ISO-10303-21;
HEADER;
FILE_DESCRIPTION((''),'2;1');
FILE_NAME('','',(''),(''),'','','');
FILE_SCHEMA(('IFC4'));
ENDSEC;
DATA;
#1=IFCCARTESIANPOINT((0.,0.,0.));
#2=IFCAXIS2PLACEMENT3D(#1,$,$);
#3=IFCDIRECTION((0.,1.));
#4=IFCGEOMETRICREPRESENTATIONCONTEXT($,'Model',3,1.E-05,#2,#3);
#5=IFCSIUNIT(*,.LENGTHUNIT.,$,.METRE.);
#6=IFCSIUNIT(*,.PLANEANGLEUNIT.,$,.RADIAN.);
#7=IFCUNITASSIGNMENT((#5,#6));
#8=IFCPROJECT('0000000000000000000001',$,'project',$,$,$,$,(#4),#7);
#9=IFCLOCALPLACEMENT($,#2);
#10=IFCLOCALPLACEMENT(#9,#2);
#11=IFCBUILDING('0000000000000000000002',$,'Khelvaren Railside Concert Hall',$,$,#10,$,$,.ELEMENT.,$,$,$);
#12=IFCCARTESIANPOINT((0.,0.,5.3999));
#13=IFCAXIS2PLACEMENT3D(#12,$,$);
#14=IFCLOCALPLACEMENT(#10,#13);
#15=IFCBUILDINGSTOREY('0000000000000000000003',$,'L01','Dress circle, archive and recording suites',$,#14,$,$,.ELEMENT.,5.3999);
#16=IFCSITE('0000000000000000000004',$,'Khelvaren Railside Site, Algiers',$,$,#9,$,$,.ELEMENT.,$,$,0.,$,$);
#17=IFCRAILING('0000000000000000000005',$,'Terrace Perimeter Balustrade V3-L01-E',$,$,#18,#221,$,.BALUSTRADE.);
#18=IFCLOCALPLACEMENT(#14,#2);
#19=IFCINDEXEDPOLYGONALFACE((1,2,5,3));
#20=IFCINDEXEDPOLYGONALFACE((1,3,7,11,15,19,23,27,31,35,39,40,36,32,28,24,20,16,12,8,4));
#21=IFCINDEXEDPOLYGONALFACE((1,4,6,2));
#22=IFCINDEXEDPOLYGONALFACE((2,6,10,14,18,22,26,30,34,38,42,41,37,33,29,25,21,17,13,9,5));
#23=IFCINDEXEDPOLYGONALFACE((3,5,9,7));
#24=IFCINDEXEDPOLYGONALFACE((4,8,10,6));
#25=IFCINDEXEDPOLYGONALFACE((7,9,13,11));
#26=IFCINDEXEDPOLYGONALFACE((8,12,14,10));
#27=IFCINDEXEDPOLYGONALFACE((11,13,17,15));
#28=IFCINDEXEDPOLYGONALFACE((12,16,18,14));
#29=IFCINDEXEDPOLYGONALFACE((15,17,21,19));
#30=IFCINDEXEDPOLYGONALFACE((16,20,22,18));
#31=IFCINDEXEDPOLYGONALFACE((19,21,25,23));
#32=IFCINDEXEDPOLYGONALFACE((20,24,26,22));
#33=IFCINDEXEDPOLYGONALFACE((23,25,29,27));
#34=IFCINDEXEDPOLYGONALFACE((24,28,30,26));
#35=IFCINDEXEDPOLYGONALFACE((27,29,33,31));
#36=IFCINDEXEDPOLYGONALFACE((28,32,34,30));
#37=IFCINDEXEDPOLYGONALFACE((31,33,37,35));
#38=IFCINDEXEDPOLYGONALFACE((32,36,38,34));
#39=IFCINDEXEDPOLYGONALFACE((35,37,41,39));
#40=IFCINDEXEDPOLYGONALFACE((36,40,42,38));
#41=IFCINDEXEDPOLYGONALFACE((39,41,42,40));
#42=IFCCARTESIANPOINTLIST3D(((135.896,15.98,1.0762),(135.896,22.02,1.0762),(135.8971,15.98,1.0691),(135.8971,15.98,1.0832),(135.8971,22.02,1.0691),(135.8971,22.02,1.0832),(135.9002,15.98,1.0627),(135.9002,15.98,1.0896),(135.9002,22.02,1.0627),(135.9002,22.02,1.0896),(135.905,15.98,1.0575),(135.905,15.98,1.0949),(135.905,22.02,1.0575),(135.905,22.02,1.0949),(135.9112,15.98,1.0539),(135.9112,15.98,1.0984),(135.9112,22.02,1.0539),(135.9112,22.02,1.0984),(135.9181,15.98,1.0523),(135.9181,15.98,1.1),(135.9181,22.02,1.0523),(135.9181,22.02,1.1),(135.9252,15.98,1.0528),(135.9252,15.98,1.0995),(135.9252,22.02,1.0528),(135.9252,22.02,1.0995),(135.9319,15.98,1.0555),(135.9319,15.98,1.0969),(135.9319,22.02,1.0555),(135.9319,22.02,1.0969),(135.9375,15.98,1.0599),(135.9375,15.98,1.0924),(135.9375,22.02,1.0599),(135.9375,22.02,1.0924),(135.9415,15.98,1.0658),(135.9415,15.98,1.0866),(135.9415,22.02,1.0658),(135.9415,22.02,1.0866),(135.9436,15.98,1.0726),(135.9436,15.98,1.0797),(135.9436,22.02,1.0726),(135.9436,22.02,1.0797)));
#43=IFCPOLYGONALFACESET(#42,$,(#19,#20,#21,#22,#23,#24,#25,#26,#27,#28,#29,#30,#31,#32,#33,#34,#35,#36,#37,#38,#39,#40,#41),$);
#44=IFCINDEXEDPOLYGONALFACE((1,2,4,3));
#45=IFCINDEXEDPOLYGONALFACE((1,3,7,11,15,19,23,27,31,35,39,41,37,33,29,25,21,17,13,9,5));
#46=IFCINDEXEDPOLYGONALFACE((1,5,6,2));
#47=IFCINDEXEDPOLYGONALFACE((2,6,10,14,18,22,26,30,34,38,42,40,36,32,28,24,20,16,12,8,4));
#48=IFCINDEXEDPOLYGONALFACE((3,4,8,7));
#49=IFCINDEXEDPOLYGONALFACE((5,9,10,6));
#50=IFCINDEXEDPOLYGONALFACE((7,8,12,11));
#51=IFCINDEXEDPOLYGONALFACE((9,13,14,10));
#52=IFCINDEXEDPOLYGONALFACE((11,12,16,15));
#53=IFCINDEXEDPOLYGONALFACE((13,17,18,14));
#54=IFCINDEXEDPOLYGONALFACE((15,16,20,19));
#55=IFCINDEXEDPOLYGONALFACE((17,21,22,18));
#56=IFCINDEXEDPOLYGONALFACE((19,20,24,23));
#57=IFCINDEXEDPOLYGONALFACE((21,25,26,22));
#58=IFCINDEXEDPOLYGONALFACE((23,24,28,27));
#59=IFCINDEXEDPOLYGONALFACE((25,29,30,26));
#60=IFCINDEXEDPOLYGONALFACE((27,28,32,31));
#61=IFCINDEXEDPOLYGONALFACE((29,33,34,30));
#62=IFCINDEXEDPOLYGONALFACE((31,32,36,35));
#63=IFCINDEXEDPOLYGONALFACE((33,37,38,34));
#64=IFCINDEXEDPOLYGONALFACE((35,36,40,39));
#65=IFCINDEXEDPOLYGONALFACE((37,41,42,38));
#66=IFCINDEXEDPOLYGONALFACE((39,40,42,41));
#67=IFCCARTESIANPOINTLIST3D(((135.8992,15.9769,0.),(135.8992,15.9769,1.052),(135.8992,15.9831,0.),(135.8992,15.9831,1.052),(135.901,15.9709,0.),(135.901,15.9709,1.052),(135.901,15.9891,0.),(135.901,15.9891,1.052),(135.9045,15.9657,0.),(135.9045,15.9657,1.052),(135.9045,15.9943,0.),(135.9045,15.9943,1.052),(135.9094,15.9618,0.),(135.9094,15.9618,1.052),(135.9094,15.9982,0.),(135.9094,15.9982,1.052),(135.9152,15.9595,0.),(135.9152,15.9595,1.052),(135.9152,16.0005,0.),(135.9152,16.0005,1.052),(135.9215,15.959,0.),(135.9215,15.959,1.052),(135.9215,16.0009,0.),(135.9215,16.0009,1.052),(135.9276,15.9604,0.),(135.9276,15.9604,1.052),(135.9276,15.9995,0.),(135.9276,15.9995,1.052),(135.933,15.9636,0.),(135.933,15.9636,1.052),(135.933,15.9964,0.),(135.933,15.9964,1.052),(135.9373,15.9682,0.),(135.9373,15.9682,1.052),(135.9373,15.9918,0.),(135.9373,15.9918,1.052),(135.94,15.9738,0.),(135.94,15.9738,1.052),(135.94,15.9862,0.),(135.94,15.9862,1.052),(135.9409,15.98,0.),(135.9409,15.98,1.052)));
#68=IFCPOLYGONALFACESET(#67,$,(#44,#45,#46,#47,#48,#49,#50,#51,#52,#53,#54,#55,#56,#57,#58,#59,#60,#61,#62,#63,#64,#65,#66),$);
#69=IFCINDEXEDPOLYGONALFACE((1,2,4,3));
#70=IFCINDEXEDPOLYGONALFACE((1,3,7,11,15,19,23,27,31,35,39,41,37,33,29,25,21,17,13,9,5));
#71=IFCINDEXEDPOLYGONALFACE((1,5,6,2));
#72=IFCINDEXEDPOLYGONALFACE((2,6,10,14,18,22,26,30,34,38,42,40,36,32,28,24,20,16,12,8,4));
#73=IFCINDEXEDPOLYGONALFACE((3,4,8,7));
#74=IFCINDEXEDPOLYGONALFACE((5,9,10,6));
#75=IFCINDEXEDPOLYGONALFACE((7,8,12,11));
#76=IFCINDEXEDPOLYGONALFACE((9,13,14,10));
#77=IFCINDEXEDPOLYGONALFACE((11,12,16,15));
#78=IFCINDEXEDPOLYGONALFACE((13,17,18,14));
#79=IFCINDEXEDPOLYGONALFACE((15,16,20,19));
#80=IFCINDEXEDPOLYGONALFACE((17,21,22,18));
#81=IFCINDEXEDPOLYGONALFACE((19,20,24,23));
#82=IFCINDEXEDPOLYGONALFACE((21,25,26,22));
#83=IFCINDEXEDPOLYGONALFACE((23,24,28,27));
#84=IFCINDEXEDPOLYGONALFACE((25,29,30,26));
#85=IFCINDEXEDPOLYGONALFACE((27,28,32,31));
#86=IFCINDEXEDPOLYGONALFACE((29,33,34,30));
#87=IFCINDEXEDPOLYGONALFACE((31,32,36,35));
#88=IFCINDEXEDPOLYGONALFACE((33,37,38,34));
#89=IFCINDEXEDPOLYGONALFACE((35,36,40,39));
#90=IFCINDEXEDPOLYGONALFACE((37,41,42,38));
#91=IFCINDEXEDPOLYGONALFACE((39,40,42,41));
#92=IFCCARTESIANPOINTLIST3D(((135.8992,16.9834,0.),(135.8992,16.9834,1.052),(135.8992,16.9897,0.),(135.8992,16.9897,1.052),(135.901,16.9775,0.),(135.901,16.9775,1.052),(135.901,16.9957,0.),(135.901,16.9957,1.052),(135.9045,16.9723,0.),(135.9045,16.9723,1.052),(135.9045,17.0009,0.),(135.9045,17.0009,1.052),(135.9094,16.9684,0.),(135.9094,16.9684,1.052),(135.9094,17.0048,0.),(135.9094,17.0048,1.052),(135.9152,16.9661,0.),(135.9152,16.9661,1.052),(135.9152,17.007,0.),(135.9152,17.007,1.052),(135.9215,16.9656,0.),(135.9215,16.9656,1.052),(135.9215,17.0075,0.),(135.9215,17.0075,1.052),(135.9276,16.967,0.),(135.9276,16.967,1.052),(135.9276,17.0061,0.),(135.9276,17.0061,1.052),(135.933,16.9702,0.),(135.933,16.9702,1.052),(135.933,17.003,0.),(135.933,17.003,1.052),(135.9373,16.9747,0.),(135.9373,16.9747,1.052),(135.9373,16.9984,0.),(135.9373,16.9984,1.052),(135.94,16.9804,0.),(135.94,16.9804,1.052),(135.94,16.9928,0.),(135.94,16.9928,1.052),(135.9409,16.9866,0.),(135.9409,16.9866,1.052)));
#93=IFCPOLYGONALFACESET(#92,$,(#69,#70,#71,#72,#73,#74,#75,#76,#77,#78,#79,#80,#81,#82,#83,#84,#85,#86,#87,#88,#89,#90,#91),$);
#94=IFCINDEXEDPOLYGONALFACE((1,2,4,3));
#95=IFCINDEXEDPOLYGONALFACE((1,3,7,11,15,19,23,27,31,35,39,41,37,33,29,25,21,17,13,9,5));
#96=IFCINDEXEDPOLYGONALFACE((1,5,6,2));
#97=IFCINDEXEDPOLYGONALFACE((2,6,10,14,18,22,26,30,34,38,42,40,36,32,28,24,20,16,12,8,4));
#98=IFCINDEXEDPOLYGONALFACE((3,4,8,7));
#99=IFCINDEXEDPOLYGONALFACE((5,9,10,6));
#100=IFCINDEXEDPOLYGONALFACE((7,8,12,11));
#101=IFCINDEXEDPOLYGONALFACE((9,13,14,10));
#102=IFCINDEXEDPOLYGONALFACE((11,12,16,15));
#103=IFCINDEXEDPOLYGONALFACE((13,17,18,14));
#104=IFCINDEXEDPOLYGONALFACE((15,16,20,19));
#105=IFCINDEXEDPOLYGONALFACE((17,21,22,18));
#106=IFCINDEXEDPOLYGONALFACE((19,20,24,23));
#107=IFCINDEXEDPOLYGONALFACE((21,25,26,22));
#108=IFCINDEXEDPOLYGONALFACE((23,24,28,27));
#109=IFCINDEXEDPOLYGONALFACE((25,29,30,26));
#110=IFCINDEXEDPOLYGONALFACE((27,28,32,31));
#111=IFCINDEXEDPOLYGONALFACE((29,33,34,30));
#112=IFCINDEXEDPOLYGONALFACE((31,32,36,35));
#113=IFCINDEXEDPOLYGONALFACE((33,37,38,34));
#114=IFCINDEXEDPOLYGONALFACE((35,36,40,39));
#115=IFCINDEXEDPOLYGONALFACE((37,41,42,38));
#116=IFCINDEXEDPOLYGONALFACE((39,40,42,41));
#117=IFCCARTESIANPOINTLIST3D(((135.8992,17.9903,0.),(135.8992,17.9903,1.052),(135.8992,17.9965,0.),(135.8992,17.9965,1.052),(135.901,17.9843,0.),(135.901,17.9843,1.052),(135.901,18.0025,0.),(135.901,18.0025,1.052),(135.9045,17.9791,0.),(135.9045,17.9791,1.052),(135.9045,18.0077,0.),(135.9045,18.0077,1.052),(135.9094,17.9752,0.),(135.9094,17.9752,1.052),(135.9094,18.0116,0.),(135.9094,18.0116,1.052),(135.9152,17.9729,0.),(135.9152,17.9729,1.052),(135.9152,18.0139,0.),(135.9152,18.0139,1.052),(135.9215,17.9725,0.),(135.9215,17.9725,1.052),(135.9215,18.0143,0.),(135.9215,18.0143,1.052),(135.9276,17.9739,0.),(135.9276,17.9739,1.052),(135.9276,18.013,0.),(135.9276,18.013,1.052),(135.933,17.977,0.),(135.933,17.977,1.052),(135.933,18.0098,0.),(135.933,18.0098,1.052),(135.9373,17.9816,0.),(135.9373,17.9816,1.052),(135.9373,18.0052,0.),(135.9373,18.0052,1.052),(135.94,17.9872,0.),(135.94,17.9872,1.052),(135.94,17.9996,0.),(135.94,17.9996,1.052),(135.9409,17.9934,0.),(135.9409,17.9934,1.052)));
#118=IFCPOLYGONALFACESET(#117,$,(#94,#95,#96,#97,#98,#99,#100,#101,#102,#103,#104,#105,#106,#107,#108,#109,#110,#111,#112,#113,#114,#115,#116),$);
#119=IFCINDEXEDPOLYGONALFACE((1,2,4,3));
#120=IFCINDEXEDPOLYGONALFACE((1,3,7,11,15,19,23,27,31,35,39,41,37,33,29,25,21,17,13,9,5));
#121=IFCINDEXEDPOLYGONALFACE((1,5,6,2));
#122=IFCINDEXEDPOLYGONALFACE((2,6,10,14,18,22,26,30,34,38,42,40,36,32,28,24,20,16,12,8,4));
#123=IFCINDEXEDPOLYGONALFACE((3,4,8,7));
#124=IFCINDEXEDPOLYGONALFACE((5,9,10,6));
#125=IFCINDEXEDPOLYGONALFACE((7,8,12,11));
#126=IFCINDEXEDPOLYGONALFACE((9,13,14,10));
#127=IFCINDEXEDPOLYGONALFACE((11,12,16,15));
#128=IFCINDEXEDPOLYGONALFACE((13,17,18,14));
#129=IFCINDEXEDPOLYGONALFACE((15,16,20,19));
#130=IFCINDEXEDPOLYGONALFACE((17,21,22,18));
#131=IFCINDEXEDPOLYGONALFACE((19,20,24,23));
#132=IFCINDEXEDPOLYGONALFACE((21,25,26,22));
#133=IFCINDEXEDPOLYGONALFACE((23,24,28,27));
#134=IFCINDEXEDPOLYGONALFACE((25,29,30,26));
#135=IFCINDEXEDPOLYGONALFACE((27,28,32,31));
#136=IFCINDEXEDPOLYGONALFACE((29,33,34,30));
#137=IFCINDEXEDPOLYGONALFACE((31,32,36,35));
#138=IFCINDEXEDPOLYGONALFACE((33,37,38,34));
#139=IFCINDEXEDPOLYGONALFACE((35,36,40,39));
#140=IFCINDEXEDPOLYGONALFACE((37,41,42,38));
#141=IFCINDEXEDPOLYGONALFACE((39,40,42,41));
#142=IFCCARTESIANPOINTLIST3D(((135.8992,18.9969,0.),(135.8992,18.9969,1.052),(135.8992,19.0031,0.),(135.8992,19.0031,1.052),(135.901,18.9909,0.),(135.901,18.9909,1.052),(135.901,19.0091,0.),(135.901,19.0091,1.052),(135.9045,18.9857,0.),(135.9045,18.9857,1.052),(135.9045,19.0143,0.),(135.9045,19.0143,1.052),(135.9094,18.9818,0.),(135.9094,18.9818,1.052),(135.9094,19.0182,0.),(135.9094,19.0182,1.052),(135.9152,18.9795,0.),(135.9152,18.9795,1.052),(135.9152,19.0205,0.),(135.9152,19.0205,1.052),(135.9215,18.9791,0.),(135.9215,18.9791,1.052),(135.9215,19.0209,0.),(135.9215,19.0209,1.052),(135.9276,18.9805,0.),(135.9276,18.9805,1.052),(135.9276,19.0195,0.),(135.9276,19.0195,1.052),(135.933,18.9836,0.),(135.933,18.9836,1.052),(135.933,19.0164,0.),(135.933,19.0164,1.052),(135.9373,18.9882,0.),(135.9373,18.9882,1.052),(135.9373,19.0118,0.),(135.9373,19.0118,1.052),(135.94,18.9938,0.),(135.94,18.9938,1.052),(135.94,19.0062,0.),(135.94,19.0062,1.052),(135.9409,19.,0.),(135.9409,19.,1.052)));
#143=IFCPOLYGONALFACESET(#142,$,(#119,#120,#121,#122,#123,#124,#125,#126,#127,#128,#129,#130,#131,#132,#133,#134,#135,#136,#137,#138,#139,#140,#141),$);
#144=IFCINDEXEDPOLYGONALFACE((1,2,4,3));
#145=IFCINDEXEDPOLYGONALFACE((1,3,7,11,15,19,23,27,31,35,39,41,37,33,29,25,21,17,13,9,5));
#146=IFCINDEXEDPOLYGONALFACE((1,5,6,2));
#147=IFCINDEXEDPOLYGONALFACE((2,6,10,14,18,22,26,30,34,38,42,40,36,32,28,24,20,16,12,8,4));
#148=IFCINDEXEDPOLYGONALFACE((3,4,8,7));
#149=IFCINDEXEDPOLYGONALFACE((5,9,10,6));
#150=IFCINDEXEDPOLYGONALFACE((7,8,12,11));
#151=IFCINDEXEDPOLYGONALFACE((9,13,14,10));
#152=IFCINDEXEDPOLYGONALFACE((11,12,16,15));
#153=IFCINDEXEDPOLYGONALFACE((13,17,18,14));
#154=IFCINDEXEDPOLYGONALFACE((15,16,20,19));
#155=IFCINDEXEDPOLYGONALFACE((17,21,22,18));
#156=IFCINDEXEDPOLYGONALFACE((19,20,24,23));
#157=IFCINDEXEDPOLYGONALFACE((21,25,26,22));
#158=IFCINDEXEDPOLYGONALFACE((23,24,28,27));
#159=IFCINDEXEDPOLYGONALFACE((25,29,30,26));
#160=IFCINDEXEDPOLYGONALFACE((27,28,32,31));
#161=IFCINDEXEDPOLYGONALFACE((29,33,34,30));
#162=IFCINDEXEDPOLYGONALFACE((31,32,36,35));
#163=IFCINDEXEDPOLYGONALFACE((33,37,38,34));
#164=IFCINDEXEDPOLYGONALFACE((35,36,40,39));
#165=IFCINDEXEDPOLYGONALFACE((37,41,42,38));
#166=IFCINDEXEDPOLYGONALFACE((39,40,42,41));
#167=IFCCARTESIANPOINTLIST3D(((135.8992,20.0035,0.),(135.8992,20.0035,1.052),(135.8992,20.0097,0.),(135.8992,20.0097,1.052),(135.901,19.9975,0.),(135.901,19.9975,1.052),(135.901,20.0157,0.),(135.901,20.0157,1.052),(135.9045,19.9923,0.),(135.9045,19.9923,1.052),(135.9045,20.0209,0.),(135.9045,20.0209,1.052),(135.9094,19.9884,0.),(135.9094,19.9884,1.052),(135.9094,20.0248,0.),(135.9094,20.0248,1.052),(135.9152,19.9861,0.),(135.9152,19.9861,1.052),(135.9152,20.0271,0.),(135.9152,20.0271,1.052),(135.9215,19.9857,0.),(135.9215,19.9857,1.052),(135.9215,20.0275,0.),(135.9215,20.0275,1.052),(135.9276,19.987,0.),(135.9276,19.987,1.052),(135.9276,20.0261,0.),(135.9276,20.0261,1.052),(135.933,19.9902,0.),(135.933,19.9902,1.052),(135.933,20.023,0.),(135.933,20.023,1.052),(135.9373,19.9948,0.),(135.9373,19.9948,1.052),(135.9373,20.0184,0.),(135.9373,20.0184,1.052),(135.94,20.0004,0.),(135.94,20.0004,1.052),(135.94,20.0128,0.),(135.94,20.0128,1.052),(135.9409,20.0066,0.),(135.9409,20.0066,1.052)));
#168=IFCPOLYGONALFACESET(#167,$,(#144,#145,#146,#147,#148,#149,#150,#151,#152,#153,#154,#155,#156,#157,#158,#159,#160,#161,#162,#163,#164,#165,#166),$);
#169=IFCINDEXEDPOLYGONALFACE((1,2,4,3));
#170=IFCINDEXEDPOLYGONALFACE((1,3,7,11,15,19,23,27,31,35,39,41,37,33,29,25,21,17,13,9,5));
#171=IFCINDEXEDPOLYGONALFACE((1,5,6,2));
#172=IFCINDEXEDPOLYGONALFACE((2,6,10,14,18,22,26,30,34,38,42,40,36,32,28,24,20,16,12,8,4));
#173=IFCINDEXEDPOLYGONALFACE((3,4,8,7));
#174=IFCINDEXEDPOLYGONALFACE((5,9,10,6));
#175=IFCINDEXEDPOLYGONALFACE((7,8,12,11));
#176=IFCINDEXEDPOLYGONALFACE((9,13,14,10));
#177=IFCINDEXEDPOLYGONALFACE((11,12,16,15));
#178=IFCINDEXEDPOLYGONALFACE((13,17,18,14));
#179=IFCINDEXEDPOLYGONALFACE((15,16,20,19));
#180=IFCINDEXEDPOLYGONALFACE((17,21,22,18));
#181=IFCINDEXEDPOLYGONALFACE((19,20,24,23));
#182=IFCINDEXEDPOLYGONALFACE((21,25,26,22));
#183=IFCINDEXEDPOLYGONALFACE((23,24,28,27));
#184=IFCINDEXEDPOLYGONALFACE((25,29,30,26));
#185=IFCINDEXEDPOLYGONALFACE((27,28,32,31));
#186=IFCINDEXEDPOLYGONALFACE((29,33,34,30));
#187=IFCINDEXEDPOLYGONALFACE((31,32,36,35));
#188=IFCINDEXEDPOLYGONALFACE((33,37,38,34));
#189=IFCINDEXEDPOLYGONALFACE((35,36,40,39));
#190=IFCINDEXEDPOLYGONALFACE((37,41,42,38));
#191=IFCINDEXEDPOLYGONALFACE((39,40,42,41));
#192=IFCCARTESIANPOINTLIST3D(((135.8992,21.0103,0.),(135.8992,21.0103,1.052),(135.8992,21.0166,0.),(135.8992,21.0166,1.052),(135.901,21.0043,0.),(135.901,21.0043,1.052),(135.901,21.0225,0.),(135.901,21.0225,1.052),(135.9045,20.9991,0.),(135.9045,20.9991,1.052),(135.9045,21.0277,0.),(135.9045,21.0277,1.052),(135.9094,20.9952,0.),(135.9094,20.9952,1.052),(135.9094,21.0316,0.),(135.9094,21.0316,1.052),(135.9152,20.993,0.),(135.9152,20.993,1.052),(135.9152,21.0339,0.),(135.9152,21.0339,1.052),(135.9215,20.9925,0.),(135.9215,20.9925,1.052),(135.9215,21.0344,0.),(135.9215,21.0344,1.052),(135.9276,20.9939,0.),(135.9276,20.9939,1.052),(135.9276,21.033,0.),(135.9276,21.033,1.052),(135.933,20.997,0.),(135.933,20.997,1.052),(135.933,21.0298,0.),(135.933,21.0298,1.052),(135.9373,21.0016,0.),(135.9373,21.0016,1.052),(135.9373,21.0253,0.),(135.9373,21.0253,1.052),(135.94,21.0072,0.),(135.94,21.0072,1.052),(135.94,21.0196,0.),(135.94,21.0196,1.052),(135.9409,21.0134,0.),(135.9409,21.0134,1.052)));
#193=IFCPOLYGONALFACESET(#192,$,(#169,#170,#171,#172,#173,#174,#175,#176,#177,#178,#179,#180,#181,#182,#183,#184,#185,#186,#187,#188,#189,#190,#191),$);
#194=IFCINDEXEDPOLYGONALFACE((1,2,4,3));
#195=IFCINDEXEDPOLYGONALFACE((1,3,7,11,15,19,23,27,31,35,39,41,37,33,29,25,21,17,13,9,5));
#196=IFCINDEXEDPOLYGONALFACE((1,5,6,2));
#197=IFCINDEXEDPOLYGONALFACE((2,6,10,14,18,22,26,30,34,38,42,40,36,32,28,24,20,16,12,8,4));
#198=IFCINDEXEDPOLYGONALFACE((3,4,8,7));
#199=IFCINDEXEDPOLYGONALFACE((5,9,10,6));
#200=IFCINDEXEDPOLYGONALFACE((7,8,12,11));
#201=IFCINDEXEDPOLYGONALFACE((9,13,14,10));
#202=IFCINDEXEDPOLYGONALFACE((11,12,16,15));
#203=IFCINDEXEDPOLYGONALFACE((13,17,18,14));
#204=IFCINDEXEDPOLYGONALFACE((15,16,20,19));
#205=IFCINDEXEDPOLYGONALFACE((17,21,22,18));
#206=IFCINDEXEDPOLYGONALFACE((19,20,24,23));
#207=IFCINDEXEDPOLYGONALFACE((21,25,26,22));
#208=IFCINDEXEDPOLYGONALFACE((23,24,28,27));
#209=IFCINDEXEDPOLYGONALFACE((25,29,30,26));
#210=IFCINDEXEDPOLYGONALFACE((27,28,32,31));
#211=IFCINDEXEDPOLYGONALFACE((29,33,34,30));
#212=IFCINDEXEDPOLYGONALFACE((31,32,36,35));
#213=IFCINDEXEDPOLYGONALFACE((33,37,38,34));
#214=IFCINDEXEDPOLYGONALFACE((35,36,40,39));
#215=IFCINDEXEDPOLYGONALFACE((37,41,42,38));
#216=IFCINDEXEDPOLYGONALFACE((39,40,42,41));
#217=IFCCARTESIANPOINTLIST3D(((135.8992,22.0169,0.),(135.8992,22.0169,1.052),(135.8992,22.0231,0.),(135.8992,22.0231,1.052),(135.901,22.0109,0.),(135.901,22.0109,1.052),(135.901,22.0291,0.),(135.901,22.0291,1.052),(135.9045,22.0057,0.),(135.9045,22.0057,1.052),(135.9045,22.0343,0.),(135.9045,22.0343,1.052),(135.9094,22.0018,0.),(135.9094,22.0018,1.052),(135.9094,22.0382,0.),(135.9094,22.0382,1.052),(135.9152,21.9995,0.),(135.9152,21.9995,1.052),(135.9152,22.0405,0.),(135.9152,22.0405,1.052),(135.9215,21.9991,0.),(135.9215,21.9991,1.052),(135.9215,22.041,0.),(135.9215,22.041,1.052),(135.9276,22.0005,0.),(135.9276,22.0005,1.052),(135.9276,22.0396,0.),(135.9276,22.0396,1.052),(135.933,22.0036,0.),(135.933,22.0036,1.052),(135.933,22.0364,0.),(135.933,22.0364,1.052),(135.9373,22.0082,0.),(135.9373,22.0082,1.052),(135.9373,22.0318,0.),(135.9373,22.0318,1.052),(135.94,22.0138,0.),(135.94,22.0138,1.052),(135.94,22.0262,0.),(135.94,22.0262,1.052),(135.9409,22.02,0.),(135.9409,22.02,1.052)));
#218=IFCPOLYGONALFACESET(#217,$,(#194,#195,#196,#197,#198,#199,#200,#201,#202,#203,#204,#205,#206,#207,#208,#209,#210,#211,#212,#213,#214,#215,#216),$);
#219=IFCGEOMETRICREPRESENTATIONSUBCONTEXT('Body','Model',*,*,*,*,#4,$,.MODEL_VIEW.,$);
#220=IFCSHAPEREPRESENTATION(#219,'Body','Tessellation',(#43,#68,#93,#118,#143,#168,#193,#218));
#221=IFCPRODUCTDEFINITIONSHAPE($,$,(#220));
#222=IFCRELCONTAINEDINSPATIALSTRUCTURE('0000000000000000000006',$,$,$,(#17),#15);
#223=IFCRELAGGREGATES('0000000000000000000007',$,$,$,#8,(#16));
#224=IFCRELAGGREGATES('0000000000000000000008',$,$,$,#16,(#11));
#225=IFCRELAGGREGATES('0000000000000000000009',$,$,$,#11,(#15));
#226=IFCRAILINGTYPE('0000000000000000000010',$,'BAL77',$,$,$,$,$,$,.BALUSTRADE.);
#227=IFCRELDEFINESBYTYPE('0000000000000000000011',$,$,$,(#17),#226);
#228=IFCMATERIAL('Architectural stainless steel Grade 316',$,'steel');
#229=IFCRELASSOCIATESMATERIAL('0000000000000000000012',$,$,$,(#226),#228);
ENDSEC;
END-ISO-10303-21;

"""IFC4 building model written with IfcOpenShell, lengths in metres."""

from ifc_helpers import new_model, si_unit, direction, frame, origin, origin_2d, place, context, subcontext, project, spatial, circle, extrude, material, type_object, element, save


model = new_model("IFC4")

# Units and contexts
model_context = context("Model", 3, precision=1e-05, world=origin(), true_north=direction((0.0, 1.0)))
body_context = subcontext(model_context, "Body", "Model", "MODEL_VIEW")
ifc_project = project(units=[si_unit("LENGTHUNIT", "METRE"), si_unit("PLANEANGLEUNIT", "RADIAN")], contexts=[model_context])

# Site, building, storey
site_placement = place(None, origin())
site = spatial("IfcSite", under=ifc_project, at=site_placement, Name="Khelvaren Railside Site, Algiers", CompositionType="ELEMENT", RefElevation=0.0)
building_placement = place(site_placement, origin())
building = spatial("IfcBuilding", under=site, at=building_placement, Name="Khelvaren Railside Concert Hall", CompositionType="ELEMENT")
storey_placement = place(building_placement, frame((0.0, 0.0, 5.3999)))
storey = spatial("IfcBuildingStorey", under=building, at=storey_placement, Name="L01", Description="Dress circle, archive and recording suites", CompositionType="ELEMENT", Elevation=5.3999)

# Railing
ifc_material_1 = material(Name="Architectural stainless steel Grade 316", Category="steel")
railing_type = type_object("IfcRailingType", Name="BAL77", PredefinedType="BALUSTRADE", material=ifc_material_1)
railing_1_placement = place(storey_placement, frame((135.9199, 15.98, 0.0)))
element("IfcRailing", 1, at=railing_1_placement, inside=storey, type_object=railing_type, Name="Terrace Perimeter Balustrade V3-L01-E", PredefinedType="BALUSTRADE", context=body_context, shape_type="SweptSolid", body=[
    extrude(circle(Radius=0.0239, at=origin_2d()), frame((0.0, 0.0, 1.0762), z_axis=(0.0, 1.0, 0.0), x_axis=(-1.0, 0.0, 0.0)), (0.0, 0.0, 1.0), 6.04),
    extrude(circle(Radius=0.021, at=origin_2d()), origin(), (0.0, 0.0, 1.0), 1.052),
    extrude(circle(Radius=0.021, at=origin_2d()), frame((0.0, 1.0066, 0.0)), (0.0, 0.0, 1.0), 1.052),
    extrude(circle(Radius=0.021, at=origin_2d()), frame((0.0, 2.0134, 0.0)), (0.0, 0.0, 1.0), 1.052),
    extrude(circle(Radius=0.021, at=origin_2d()), frame((0.0, 3.02, 0.0)), (0.0, 0.0, 1.0), 1.052),
    extrude(circle(Radius=0.021, at=origin_2d()), frame((0.0, 4.0266, 0.0)), (0.0, 0.0, 1.0), 1.052),
    extrude(circle(Radius=0.021, at=origin_2d()), frame((0.0, 5.0334, 0.0)), (0.0, 0.0, 1.0), 1.052),
    extrude(circle(Radius=0.021, at=origin_2d()), frame((0.0, 6.04, 0.0)), (0.0, 0.0, 1.0), 1.052),
])

save(model, "model.ifc")
